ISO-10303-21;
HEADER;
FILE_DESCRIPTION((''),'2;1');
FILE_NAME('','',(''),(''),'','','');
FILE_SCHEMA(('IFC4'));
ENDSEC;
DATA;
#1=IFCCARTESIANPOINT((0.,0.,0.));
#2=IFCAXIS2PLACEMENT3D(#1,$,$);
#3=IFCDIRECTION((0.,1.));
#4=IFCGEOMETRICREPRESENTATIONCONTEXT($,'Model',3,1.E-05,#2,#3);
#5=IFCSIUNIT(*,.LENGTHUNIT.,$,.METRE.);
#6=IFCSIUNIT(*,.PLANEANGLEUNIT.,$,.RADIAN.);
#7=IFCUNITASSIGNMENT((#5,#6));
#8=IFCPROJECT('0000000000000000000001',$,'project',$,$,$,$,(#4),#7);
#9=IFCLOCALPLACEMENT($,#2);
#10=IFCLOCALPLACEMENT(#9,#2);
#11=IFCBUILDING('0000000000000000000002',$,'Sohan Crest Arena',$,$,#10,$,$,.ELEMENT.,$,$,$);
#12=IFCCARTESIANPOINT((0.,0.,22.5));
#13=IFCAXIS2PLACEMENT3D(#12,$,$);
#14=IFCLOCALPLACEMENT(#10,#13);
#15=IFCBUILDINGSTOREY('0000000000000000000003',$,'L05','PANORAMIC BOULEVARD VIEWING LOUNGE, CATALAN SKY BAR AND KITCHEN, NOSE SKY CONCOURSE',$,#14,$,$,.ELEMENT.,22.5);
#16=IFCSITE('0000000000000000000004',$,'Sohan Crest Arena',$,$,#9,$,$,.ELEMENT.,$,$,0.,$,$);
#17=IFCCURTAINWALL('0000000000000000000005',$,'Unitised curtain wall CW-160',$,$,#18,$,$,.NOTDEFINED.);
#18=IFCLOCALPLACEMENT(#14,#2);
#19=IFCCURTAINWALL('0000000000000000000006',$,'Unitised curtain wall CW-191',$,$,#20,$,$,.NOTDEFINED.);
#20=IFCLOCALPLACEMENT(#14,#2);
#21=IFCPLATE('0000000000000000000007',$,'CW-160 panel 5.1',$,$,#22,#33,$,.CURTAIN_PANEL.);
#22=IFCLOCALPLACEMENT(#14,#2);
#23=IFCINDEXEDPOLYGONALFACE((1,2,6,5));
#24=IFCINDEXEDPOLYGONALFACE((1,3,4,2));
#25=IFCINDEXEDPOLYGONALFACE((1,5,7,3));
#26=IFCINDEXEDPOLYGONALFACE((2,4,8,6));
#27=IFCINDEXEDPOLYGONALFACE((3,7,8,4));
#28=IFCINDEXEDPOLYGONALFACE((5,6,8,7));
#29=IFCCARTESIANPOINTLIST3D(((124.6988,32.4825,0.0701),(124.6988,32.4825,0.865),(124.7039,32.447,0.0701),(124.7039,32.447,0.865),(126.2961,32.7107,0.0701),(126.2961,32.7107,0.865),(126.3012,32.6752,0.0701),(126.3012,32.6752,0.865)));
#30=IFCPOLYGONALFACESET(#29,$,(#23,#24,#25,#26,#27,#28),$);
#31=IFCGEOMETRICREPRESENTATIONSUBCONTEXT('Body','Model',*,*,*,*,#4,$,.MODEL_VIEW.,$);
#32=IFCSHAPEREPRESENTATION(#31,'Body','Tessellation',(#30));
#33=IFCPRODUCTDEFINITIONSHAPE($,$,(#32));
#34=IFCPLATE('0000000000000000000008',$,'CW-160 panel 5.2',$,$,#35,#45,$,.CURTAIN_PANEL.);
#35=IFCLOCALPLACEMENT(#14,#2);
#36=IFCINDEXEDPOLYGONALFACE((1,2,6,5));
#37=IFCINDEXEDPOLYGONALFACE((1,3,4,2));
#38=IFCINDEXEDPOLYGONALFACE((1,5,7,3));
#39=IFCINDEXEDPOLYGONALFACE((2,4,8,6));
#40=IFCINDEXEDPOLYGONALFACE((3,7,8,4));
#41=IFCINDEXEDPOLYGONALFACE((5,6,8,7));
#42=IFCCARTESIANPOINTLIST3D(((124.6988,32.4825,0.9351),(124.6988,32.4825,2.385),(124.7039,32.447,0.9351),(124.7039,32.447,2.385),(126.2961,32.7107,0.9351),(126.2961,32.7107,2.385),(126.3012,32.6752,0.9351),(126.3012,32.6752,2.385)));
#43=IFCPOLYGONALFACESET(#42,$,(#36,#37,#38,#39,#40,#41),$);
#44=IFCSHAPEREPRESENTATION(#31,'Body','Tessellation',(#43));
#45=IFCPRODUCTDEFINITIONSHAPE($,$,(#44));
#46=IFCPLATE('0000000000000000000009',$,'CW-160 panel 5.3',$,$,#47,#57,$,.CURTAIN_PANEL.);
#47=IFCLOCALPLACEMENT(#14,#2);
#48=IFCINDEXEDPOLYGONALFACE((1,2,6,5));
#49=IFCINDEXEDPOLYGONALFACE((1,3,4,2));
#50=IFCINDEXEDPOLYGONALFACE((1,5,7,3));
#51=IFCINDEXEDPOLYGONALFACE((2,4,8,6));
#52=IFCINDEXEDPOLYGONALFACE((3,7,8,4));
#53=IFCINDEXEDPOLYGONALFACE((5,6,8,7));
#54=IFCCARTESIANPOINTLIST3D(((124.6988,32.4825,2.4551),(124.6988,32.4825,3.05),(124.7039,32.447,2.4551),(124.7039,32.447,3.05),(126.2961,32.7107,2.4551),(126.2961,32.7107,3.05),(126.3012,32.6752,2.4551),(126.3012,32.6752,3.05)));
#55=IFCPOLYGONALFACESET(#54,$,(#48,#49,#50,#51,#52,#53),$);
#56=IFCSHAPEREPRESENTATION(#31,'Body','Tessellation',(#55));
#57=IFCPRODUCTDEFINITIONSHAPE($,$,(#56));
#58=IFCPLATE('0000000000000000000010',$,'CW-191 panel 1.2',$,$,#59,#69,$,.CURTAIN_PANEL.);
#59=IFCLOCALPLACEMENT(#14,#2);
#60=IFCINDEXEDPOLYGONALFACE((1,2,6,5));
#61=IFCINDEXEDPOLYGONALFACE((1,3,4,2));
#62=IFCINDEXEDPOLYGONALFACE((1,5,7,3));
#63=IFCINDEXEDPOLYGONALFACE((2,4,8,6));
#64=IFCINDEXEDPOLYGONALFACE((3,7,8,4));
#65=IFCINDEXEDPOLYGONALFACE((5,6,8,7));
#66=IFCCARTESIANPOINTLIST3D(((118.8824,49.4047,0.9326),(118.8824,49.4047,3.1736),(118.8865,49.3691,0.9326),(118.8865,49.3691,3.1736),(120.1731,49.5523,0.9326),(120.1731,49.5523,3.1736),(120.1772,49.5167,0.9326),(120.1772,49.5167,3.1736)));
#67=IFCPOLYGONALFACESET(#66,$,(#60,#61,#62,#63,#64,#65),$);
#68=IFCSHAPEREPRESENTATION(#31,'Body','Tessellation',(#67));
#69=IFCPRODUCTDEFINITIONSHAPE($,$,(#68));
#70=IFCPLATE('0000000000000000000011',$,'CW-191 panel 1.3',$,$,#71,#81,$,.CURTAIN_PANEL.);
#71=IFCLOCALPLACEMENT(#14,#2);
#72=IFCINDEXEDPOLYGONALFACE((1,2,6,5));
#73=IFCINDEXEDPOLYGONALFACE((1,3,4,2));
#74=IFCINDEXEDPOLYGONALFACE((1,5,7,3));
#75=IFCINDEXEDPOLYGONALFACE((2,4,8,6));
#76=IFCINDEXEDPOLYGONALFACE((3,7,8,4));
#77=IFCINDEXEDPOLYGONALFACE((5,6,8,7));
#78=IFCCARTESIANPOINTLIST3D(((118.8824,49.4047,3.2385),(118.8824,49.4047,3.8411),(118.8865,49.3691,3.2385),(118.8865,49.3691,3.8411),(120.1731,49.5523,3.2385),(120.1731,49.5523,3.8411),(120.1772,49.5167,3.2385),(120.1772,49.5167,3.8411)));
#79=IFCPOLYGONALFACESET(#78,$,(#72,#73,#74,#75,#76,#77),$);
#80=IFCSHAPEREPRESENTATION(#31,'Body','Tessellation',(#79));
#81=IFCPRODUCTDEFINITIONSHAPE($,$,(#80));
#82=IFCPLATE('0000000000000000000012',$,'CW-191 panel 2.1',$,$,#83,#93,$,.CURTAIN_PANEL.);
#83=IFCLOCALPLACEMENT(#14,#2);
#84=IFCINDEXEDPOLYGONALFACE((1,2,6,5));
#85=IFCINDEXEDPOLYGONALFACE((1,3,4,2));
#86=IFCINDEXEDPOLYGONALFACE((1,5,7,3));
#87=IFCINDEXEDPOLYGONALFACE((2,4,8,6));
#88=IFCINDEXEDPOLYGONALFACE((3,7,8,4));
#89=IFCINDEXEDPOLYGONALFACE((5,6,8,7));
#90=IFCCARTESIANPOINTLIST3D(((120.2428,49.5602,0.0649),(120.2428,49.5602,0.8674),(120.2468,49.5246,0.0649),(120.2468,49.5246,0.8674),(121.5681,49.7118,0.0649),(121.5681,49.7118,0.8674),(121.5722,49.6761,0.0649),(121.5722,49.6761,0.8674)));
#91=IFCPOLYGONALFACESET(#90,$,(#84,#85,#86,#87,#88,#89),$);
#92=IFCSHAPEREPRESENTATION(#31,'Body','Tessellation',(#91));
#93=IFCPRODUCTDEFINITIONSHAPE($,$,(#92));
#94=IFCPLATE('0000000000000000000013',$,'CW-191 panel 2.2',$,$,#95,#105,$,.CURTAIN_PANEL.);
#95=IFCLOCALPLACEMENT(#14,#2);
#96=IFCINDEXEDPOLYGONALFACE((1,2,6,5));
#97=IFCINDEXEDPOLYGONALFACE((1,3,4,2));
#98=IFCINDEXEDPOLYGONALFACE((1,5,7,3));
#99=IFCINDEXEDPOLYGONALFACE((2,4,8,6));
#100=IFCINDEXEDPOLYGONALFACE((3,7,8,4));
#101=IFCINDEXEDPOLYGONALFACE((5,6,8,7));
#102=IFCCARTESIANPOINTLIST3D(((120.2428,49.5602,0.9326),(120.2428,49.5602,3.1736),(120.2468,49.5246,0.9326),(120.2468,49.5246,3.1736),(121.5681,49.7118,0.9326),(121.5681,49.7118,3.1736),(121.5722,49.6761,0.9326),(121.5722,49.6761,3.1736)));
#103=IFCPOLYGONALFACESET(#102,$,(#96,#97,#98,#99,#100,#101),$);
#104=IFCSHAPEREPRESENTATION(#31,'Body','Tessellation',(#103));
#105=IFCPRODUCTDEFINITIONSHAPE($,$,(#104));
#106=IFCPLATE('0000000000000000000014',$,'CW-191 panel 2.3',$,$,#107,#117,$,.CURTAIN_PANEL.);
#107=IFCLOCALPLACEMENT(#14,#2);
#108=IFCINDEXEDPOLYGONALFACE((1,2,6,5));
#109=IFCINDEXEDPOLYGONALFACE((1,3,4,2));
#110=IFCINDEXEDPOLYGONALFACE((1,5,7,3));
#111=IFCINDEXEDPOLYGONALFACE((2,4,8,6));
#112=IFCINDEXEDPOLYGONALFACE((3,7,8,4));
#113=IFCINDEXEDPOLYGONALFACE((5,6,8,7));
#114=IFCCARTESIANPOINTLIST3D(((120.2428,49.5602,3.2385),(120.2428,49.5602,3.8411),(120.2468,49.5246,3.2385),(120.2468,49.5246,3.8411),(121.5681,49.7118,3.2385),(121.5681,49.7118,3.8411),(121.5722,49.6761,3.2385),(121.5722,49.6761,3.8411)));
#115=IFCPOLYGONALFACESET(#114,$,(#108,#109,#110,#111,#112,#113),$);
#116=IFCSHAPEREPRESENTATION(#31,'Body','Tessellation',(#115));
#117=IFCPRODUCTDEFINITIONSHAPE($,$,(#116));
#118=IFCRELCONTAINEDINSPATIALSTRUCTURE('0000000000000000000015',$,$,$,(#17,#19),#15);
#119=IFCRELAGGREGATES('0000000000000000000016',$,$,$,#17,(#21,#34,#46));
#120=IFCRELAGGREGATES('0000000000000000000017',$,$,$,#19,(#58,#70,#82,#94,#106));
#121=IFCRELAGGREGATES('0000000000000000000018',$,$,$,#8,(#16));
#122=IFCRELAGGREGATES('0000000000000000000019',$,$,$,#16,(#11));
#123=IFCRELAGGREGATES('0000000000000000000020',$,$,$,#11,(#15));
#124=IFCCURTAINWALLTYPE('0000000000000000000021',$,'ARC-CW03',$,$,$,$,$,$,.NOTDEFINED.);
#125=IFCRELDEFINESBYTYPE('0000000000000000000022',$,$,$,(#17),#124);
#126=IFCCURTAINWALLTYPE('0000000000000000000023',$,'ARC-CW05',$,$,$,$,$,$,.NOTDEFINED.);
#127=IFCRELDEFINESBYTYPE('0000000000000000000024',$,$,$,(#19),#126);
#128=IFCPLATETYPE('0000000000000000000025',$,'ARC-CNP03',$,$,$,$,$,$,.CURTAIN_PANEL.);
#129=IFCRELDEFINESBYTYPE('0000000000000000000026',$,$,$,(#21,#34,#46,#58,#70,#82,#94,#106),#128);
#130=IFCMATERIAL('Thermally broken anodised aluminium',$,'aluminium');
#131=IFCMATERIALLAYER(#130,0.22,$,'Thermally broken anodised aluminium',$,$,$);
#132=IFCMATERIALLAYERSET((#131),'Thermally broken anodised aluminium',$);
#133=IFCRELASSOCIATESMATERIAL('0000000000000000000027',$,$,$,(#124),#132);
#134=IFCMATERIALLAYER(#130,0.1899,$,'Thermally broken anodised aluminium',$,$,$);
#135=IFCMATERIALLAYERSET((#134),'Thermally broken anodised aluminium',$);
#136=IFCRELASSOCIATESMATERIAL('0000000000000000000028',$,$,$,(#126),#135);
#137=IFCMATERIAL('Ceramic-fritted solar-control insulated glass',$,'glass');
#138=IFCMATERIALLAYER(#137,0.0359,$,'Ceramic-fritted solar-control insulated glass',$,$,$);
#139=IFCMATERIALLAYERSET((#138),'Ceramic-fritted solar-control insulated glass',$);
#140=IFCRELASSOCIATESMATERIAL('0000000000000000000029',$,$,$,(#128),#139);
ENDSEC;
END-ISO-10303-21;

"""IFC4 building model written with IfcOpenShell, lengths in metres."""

from ifc_helpers import new_model, si_unit, direction, frame, origin, origin_2d, place, context, subcontext, project, spatial, rectangle, extrude, material, layer, layer_set, type_object, element, aggregate, save


model = new_model("IFC4")

# Units and contexts
model_context = context("Model", 3, precision=1e-05, world=origin(), true_north=direction((0.0, 1.0)))
body_context = subcontext(model_context, "Body", "Model", "MODEL_VIEW")
ifc_project = project(units=[si_unit("LENGTHUNIT", "METRE"), si_unit("PLANEANGLEUNIT", "RADIAN")], contexts=[model_context])

# Site, building, storey
site_placement = place(None, origin())
site = spatial("IfcSite", under=ifc_project, at=site_placement, Name="Sohan Crest Arena", CompositionType="ELEMENT", RefElevation=0.0)
building_placement = place(site_placement, origin())
building = spatial("IfcBuilding", under=site, at=building_placement, Name="Sohan Crest Arena", CompositionType="ELEMENT")
storey_placement = place(building_placement, frame((0.0, 0.0, 22.5)))
storey = spatial("IfcBuildingStorey", under=building, at=storey_placement, Name="L05", Description="PANORAMIC BOULEVARD VIEWING LOUNGE, CATALAN SKY BAR AND KITCHEN, NOSE SKY CONCOURSE", CompositionType="ELEMENT", Elevation=22.5)

# Curtain wall
ifc_material_1 = material(Name="Thermally broken anodised aluminium", Category="aluminium")
ifc_layer_1 = layer(ifc_material_1, 0.22, Name="Thermally broken anodised aluminium")
ifc_layer_set_1 = layer_set([ifc_layer_1], Name="Thermally broken anodised aluminium")
curtain_wall_type_1 = type_object("IfcCurtainWallType", Name="ARC-CW03", PredefinedType="NOTDEFINED", material=ifc_layer_set_1)
curtain_wall_1_placement = place(storey_placement, origin())
curtain_wall_1 = element("IfcCurtainWall", 1, at=curtain_wall_1_placement, inside=storey, type_object=curtain_wall_type_1, Name="Unitised curtain wall CW-160", PredefinedType="NOTDEFINED")

# Curtain wall
ifc_layer_2 = layer(ifc_material_1, 0.1899, Name="Thermally broken anodised aluminium")
ifc_layer_set_2 = layer_set([ifc_layer_2], Name="Thermally broken anodised aluminium")
curtain_wall_type_2 = type_object("IfcCurtainWallType", Name="ARC-CW05", PredefinedType="NOTDEFINED", material=ifc_layer_set_2)
curtain_wall_2_placement = place(storey_placement, origin())
curtain_wall_2 = element("IfcCurtainWall", 2, at=curtain_wall_2_placement, inside=storey, type_object=curtain_wall_type_2, Name="Unitised curtain wall CW-191", PredefinedType="NOTDEFINED")

# Plates
ifc_material_2 = material(Name="Ceramic-fritted solar-control insulated glass", Category="glass")
ifc_layer_3 = layer(ifc_material_2, 0.0359, Name="Ceramic-fritted solar-control insulated glass")
ifc_layer_set_3 = layer_set([ifc_layer_3], Name="Ceramic-fritted solar-control insulated glass")
plate_type = type_object("IfcPlateType", Name="ARC-CNP03", PredefinedType="CURTAIN_PANEL", material=ifc_layer_set_3)
plate_1_placement = place(storey_placement, frame((125.5, 32.5789, 0.0701), z_axis=(0.0, 0.0, 1.0), x_axis=(0.989944, 0.141463, 0.0)))
plate_1 = element("IfcPlate", 3, at=plate_1_placement, type_object=plate_type, Name="CW-160 panel 5.1", PredefinedType="CURTAIN_PANEL", context=body_context, shape_type="SweptSolid", body=[
    extrude(rectangle(XDim=1.6135, YDim=0.0359, at=origin_2d()), origin(), (0.0, 0.0, 1.0), 0.7949),
])
plate_2_placement = place(storey_placement, frame((125.5, 32.5789, 0.9351), z_axis=(0.0, 0.0, 1.0), x_axis=(0.989944, 0.141463, 0.0)))
plate_2 = element("IfcPlate", 4, at=plate_2_placement, type_object=plate_type, Name="CW-160 panel 5.2", PredefinedType="CURTAIN_PANEL", context=body_context, shape_type="SweptSolid", body=[
    extrude(rectangle(XDim=1.6135, YDim=0.0359, at=origin_2d()), origin(), (0.0, 0.0, 1.0), 1.45),
])
plate_3_placement = place(storey_placement, frame((125.5, 32.5789, 2.4551), z_axis=(0.0, 0.0, 1.0), x_axis=(0.989944, 0.141463, 0.0)))
plate_3 = element("IfcPlate", 5, at=plate_3_placement, type_object=plate_type, Name="CW-160 panel 5.3", PredefinedType="CURTAIN_PANEL", context=body_context, shape_type="SweptSolid", body=[
    extrude(rectangle(XDim=1.6135, YDim=0.0359, at=origin_2d()), origin(), (0.0, 0.0, 1.0), 0.595),
])
aggregate(curtain_wall_1, [plate_1, plate_2, plate_3])
plate_4_placement = place(storey_placement, frame((119.5298, 49.4607, 0.9326), z_axis=(0.0, 0.0, 1.0), x_axis=(0.993527, 0.113597, 0.0)))
plate_4 = element("IfcPlate", 6, at=plate_4_placement, type_object=plate_type, Name="CW-191 panel 1.2", PredefinedType="CURTAIN_PANEL", context=body_context, shape_type="SweptSolid", body=[
    extrude(rectangle(XDim=1.2991, YDim=0.0359, at=origin_2d()), origin(), (0.0, 0.0, 1.0), 2.241),
])
plate_5_placement = place(storey_placement, frame((119.5298, 49.4607, 3.2385), z_axis=(0.0, 0.0, 1.0), x_axis=(0.993527, 0.113597, 0.0)))
plate_5 = element("IfcPlate", 7, at=plate_5_placement, type_object=plate_type, Name="CW-191 panel 1.3", PredefinedType="CURTAIN_PANEL", context=body_context, shape_type="SweptSolid", body=[
    extrude(rectangle(XDim=1.2991, YDim=0.0359, at=origin_2d()), origin(), (0.0, 0.0, 1.0), 0.6025),
])
plate_6_placement = place(storey_placement, frame((120.9075, 49.6182, 0.0649), z_axis=(0.0, 0.0, 1.0), x_axis=(0.993527, 0.113597, 0.0)))
plate_6 = element("IfcPlate", 8, at=plate_6_placement, type_object=plate_type, Name="CW-191 panel 2.1", PredefinedType="CURTAIN_PANEL", context=body_context, shape_type="SweptSolid", body=[
    extrude(rectangle(XDim=1.334, YDim=0.0359, at=origin_2d()), origin(), (0.0, 0.0, 1.0), 0.8025),
])
plate_7_placement = place(storey_placement, frame((120.9075, 49.6182, 0.9326), z_axis=(0.0, 0.0, 1.0), x_axis=(0.993527, 0.113597, 0.0)))
plate_7 = element("IfcPlate", 9, at=plate_7_placement, type_object=plate_type, Name="CW-191 panel 2.2", PredefinedType="CURTAIN_PANEL", context=body_context, shape_type="SweptSolid", body=[
    extrude(rectangle(XDim=1.334, YDim=0.0359, at=origin_2d()), origin(), (0.0, 0.0, 1.0), 2.241),
])
plate_8_placement = place(storey_placement, frame((120.9075, 49.6182, 3.2385), z_axis=(0.0, 0.0, 1.0), x_axis=(0.993527, 0.113597, 0.0)))
plate_8 = element("IfcPlate", 10, at=plate_8_placement, type_object=plate_type, Name="CW-191 panel 2.3", PredefinedType="CURTAIN_PANEL", context=body_context, shape_type="SweptSolid", body=[
    extrude(rectangle(XDim=1.334, YDim=0.0359, at=origin_2d()), origin(), (0.0, 0.0, 1.0), 0.6025),
])
aggregate(curtain_wall_2, [plate_4, plate_5, plate_6, plate_7, plate_8])

save(model, "model.ifc")
